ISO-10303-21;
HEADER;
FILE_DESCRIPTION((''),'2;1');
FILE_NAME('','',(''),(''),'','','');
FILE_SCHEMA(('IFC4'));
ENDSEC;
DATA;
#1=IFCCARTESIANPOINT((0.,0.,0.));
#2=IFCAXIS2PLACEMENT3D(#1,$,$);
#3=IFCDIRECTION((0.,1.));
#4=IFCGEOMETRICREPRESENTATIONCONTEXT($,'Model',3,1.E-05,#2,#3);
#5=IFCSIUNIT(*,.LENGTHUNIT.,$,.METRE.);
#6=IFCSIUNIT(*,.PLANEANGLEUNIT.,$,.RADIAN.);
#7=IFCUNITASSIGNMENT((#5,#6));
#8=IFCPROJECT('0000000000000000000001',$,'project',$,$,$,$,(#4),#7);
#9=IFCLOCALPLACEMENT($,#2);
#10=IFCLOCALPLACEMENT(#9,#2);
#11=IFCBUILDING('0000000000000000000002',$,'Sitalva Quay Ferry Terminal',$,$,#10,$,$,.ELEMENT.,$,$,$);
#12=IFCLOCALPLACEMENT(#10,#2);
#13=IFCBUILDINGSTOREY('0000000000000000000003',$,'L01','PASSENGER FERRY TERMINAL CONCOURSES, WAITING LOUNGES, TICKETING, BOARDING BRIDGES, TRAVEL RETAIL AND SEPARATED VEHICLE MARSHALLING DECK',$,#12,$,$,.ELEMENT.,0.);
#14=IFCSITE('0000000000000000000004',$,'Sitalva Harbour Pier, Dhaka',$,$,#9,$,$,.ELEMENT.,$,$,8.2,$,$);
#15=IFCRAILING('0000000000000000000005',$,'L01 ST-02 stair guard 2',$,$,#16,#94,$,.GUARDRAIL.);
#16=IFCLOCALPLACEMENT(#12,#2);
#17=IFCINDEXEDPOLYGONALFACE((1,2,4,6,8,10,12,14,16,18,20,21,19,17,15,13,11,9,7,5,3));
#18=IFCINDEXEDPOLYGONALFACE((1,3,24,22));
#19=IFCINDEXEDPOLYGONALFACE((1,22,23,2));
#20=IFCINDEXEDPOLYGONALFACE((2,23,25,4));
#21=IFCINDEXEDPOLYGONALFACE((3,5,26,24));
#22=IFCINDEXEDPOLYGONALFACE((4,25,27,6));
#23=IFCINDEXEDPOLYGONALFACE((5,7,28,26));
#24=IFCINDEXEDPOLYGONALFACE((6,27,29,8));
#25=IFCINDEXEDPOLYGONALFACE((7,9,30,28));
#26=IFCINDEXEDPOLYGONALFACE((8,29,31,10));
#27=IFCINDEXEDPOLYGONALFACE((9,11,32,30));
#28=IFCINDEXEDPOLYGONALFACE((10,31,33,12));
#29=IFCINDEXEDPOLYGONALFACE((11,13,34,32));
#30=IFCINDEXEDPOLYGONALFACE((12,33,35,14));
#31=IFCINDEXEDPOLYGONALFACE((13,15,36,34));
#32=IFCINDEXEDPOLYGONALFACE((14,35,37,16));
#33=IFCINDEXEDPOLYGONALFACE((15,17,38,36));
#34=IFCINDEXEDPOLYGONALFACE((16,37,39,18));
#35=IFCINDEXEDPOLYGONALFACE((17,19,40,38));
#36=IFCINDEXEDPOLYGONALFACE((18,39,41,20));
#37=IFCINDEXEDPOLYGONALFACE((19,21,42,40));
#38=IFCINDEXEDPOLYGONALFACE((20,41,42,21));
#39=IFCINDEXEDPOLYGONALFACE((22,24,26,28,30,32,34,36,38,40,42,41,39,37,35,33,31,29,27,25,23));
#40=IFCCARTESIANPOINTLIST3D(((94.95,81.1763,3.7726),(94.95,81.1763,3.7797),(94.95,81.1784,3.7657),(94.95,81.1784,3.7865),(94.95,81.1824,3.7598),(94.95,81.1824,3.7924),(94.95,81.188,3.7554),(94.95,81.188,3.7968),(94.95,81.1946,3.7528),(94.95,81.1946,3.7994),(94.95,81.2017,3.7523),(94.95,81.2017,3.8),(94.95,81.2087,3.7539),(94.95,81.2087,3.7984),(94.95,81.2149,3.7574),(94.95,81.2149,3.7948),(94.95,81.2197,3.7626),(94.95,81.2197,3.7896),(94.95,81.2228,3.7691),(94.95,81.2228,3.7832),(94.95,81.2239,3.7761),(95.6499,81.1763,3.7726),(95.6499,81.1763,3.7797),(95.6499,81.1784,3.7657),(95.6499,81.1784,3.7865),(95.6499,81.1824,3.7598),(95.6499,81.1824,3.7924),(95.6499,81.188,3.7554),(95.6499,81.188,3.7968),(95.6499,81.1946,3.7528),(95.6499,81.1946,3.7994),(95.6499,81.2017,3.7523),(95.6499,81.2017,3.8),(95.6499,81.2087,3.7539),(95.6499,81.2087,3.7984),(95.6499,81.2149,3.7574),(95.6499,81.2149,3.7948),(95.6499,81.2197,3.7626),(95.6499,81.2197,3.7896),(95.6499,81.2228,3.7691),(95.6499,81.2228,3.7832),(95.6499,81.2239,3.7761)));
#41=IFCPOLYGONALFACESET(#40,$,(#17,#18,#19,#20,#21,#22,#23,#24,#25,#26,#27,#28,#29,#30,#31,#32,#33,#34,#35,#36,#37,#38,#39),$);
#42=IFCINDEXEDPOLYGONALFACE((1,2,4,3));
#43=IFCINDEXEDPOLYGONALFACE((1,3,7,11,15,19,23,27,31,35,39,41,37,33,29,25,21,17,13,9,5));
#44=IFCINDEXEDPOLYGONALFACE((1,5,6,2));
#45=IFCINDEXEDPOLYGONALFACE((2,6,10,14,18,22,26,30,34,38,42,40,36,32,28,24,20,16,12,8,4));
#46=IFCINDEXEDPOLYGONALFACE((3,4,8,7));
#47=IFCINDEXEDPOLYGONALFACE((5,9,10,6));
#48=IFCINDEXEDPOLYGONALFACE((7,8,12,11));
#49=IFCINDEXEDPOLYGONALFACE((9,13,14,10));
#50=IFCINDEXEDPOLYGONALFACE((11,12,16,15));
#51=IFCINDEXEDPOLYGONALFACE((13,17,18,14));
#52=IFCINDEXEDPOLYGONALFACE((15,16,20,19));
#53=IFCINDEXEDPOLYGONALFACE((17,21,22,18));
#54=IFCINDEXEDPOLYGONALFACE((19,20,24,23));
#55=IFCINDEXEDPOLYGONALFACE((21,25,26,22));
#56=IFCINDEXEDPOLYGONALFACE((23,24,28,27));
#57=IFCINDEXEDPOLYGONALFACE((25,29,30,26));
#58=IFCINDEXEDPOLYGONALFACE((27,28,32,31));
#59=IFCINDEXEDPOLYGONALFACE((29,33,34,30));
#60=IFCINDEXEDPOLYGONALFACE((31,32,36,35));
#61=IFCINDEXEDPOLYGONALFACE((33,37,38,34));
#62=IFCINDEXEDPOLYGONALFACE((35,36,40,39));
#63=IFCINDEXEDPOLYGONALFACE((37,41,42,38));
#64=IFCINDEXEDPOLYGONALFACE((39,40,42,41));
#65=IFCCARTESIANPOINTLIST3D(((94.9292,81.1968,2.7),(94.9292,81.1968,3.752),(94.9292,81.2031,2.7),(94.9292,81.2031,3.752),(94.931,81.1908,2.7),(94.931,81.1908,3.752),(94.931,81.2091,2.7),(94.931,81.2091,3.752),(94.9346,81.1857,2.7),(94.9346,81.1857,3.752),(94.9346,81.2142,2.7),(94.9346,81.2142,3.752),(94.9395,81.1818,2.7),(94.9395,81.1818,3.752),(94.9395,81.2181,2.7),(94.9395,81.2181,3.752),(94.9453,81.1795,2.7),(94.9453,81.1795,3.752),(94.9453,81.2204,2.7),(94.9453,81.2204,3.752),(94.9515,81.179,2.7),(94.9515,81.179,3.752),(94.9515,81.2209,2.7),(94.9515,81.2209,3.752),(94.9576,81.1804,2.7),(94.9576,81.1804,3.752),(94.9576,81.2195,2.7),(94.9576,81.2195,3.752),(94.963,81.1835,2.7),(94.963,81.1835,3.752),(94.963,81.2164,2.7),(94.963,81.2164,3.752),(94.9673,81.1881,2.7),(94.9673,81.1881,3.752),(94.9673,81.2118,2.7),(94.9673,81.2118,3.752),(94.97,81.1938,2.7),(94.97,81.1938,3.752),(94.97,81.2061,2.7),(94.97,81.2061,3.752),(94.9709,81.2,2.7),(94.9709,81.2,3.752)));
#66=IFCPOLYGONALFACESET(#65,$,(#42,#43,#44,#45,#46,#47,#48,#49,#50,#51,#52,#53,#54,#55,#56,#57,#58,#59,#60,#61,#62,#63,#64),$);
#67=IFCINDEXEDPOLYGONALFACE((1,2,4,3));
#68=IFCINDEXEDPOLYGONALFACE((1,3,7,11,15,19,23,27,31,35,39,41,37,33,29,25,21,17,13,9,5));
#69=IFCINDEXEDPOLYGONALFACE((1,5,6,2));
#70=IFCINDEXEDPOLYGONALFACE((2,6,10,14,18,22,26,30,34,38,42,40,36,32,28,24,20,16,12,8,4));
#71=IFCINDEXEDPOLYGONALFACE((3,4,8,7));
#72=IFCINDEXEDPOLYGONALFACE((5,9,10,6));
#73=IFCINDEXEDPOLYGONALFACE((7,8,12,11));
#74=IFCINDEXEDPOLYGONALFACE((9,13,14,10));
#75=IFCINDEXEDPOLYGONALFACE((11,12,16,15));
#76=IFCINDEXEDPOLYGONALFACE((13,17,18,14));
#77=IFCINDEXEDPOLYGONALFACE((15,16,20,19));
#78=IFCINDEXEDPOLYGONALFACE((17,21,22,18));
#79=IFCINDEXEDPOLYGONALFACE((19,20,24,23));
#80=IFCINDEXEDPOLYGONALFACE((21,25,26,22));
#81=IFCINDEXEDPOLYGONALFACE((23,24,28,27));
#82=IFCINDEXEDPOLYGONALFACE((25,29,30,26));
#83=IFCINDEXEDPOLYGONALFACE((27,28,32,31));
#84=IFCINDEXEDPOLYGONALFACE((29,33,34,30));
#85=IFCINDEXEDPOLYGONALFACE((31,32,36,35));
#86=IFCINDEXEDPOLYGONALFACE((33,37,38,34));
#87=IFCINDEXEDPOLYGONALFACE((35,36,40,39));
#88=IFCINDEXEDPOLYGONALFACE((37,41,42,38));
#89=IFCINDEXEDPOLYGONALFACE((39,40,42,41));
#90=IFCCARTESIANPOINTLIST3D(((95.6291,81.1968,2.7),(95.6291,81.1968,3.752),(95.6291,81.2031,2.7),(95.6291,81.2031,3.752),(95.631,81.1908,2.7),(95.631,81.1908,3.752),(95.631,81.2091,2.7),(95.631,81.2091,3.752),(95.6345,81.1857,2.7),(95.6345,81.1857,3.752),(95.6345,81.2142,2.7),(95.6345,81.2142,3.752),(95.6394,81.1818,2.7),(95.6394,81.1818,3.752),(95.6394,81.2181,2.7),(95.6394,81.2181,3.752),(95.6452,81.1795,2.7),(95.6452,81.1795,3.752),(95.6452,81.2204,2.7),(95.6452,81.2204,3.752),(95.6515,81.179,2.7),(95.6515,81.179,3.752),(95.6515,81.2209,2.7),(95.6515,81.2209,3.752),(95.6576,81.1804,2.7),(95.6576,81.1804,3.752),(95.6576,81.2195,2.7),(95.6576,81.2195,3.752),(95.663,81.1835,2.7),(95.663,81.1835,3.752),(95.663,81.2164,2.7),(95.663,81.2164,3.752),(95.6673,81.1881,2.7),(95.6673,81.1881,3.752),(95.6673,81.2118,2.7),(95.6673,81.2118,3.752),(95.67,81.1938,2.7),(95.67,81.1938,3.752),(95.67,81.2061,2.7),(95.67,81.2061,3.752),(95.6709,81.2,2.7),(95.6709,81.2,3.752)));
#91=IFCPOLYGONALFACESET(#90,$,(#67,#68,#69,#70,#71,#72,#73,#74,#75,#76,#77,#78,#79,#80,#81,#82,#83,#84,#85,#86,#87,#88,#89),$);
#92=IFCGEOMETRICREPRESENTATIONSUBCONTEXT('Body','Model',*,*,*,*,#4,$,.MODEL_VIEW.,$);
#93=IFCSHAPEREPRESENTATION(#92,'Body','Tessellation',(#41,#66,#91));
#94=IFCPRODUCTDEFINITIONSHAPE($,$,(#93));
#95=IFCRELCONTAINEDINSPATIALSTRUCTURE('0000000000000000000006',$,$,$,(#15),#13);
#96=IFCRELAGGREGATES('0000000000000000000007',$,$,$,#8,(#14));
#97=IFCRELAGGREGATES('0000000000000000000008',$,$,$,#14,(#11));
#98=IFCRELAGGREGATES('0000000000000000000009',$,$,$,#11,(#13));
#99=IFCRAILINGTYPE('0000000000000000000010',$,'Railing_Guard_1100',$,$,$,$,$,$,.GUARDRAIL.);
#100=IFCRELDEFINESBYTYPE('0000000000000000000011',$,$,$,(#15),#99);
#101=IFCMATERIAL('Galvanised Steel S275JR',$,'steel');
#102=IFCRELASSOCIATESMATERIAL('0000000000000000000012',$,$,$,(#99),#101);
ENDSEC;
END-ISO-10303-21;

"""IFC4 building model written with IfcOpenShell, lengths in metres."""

from ifc_helpers import new_model, si_unit, direction, frame, origin, origin_2d, place, context, subcontext, project, spatial, circle, extrude, material, type_object, element, save


model = new_model("IFC4")

# Units and contexts
model_context = context("Model", 3, precision=1e-05, world=origin(), true_north=direction((0.0, 1.0)))
body_context = subcontext(model_context, "Body", "Model", "MODEL_VIEW")
ifc_project = project(units=[si_unit("LENGTHUNIT", "METRE"), si_unit("PLANEANGLEUNIT", "RADIAN")], contexts=[model_context])

# Site, building, storey
site_placement = place(None, origin())
site = spatial("IfcSite", under=ifc_project, at=site_placement, Name="Sitalva Harbour Pier, Dhaka", CompositionType="ELEMENT", RefElevation=8.2)
building_placement = place(site_placement, origin())
building = spatial("IfcBuilding", under=site, at=building_placement, Name="Sitalva Quay Ferry Terminal", CompositionType="ELEMENT")
storey_placement = place(building_placement, origin())
storey = spatial("IfcBuildingStorey", under=building, at=storey_placement, Name="L01", Description="PASSENGER FERRY TERMINAL CONCOURSES, WAITING LOUNGES, TICKETING, BOARDING BRIDGES, TRAVEL RETAIL AND SEPARATED VEHICLE MARSHALLING DECK", CompositionType="ELEMENT", Elevation=0.0)

# Railing
ifc_material_1 = material(Name="Galvanised Steel S275JR", Category="steel")
railing_type_1 = type_object("IfcRailingType", Name="Railing_Guard_1100", PredefinedType="GUARDRAIL", material=ifc_material_1)
railing_1_placement = place(storey_placement, frame((94.95, 81.2, 2.7)))
element("IfcRailing", 1, at=railing_1_placement, inside=storey, type_object=railing_type_1, Name="L01 ST-02 stair guard 2", PredefinedType="GUARDRAIL", context=body_context, shape_type="SweptSolid", body=[
    extrude(circle(Radius=0.0239, at=origin_2d()), frame((0.0, 0.0, 1.0762), z_axis=(1.0, 0.0, 0.0), x_axis=(0.0, 1.0, 0.0)), (0.0, 0.0, 1.0), 0.7),
    extrude(circle(Radius=0.021, at=origin_2d()), origin(), (0.0, 0.0, 1.0), 1.052),
    extrude(circle(Radius=0.021, at=origin_2d()), frame((0.7, 0.0, 0.0)), (0.0, 0.0, 1.0), 1.052),
])

save(model, "model.ifc")
